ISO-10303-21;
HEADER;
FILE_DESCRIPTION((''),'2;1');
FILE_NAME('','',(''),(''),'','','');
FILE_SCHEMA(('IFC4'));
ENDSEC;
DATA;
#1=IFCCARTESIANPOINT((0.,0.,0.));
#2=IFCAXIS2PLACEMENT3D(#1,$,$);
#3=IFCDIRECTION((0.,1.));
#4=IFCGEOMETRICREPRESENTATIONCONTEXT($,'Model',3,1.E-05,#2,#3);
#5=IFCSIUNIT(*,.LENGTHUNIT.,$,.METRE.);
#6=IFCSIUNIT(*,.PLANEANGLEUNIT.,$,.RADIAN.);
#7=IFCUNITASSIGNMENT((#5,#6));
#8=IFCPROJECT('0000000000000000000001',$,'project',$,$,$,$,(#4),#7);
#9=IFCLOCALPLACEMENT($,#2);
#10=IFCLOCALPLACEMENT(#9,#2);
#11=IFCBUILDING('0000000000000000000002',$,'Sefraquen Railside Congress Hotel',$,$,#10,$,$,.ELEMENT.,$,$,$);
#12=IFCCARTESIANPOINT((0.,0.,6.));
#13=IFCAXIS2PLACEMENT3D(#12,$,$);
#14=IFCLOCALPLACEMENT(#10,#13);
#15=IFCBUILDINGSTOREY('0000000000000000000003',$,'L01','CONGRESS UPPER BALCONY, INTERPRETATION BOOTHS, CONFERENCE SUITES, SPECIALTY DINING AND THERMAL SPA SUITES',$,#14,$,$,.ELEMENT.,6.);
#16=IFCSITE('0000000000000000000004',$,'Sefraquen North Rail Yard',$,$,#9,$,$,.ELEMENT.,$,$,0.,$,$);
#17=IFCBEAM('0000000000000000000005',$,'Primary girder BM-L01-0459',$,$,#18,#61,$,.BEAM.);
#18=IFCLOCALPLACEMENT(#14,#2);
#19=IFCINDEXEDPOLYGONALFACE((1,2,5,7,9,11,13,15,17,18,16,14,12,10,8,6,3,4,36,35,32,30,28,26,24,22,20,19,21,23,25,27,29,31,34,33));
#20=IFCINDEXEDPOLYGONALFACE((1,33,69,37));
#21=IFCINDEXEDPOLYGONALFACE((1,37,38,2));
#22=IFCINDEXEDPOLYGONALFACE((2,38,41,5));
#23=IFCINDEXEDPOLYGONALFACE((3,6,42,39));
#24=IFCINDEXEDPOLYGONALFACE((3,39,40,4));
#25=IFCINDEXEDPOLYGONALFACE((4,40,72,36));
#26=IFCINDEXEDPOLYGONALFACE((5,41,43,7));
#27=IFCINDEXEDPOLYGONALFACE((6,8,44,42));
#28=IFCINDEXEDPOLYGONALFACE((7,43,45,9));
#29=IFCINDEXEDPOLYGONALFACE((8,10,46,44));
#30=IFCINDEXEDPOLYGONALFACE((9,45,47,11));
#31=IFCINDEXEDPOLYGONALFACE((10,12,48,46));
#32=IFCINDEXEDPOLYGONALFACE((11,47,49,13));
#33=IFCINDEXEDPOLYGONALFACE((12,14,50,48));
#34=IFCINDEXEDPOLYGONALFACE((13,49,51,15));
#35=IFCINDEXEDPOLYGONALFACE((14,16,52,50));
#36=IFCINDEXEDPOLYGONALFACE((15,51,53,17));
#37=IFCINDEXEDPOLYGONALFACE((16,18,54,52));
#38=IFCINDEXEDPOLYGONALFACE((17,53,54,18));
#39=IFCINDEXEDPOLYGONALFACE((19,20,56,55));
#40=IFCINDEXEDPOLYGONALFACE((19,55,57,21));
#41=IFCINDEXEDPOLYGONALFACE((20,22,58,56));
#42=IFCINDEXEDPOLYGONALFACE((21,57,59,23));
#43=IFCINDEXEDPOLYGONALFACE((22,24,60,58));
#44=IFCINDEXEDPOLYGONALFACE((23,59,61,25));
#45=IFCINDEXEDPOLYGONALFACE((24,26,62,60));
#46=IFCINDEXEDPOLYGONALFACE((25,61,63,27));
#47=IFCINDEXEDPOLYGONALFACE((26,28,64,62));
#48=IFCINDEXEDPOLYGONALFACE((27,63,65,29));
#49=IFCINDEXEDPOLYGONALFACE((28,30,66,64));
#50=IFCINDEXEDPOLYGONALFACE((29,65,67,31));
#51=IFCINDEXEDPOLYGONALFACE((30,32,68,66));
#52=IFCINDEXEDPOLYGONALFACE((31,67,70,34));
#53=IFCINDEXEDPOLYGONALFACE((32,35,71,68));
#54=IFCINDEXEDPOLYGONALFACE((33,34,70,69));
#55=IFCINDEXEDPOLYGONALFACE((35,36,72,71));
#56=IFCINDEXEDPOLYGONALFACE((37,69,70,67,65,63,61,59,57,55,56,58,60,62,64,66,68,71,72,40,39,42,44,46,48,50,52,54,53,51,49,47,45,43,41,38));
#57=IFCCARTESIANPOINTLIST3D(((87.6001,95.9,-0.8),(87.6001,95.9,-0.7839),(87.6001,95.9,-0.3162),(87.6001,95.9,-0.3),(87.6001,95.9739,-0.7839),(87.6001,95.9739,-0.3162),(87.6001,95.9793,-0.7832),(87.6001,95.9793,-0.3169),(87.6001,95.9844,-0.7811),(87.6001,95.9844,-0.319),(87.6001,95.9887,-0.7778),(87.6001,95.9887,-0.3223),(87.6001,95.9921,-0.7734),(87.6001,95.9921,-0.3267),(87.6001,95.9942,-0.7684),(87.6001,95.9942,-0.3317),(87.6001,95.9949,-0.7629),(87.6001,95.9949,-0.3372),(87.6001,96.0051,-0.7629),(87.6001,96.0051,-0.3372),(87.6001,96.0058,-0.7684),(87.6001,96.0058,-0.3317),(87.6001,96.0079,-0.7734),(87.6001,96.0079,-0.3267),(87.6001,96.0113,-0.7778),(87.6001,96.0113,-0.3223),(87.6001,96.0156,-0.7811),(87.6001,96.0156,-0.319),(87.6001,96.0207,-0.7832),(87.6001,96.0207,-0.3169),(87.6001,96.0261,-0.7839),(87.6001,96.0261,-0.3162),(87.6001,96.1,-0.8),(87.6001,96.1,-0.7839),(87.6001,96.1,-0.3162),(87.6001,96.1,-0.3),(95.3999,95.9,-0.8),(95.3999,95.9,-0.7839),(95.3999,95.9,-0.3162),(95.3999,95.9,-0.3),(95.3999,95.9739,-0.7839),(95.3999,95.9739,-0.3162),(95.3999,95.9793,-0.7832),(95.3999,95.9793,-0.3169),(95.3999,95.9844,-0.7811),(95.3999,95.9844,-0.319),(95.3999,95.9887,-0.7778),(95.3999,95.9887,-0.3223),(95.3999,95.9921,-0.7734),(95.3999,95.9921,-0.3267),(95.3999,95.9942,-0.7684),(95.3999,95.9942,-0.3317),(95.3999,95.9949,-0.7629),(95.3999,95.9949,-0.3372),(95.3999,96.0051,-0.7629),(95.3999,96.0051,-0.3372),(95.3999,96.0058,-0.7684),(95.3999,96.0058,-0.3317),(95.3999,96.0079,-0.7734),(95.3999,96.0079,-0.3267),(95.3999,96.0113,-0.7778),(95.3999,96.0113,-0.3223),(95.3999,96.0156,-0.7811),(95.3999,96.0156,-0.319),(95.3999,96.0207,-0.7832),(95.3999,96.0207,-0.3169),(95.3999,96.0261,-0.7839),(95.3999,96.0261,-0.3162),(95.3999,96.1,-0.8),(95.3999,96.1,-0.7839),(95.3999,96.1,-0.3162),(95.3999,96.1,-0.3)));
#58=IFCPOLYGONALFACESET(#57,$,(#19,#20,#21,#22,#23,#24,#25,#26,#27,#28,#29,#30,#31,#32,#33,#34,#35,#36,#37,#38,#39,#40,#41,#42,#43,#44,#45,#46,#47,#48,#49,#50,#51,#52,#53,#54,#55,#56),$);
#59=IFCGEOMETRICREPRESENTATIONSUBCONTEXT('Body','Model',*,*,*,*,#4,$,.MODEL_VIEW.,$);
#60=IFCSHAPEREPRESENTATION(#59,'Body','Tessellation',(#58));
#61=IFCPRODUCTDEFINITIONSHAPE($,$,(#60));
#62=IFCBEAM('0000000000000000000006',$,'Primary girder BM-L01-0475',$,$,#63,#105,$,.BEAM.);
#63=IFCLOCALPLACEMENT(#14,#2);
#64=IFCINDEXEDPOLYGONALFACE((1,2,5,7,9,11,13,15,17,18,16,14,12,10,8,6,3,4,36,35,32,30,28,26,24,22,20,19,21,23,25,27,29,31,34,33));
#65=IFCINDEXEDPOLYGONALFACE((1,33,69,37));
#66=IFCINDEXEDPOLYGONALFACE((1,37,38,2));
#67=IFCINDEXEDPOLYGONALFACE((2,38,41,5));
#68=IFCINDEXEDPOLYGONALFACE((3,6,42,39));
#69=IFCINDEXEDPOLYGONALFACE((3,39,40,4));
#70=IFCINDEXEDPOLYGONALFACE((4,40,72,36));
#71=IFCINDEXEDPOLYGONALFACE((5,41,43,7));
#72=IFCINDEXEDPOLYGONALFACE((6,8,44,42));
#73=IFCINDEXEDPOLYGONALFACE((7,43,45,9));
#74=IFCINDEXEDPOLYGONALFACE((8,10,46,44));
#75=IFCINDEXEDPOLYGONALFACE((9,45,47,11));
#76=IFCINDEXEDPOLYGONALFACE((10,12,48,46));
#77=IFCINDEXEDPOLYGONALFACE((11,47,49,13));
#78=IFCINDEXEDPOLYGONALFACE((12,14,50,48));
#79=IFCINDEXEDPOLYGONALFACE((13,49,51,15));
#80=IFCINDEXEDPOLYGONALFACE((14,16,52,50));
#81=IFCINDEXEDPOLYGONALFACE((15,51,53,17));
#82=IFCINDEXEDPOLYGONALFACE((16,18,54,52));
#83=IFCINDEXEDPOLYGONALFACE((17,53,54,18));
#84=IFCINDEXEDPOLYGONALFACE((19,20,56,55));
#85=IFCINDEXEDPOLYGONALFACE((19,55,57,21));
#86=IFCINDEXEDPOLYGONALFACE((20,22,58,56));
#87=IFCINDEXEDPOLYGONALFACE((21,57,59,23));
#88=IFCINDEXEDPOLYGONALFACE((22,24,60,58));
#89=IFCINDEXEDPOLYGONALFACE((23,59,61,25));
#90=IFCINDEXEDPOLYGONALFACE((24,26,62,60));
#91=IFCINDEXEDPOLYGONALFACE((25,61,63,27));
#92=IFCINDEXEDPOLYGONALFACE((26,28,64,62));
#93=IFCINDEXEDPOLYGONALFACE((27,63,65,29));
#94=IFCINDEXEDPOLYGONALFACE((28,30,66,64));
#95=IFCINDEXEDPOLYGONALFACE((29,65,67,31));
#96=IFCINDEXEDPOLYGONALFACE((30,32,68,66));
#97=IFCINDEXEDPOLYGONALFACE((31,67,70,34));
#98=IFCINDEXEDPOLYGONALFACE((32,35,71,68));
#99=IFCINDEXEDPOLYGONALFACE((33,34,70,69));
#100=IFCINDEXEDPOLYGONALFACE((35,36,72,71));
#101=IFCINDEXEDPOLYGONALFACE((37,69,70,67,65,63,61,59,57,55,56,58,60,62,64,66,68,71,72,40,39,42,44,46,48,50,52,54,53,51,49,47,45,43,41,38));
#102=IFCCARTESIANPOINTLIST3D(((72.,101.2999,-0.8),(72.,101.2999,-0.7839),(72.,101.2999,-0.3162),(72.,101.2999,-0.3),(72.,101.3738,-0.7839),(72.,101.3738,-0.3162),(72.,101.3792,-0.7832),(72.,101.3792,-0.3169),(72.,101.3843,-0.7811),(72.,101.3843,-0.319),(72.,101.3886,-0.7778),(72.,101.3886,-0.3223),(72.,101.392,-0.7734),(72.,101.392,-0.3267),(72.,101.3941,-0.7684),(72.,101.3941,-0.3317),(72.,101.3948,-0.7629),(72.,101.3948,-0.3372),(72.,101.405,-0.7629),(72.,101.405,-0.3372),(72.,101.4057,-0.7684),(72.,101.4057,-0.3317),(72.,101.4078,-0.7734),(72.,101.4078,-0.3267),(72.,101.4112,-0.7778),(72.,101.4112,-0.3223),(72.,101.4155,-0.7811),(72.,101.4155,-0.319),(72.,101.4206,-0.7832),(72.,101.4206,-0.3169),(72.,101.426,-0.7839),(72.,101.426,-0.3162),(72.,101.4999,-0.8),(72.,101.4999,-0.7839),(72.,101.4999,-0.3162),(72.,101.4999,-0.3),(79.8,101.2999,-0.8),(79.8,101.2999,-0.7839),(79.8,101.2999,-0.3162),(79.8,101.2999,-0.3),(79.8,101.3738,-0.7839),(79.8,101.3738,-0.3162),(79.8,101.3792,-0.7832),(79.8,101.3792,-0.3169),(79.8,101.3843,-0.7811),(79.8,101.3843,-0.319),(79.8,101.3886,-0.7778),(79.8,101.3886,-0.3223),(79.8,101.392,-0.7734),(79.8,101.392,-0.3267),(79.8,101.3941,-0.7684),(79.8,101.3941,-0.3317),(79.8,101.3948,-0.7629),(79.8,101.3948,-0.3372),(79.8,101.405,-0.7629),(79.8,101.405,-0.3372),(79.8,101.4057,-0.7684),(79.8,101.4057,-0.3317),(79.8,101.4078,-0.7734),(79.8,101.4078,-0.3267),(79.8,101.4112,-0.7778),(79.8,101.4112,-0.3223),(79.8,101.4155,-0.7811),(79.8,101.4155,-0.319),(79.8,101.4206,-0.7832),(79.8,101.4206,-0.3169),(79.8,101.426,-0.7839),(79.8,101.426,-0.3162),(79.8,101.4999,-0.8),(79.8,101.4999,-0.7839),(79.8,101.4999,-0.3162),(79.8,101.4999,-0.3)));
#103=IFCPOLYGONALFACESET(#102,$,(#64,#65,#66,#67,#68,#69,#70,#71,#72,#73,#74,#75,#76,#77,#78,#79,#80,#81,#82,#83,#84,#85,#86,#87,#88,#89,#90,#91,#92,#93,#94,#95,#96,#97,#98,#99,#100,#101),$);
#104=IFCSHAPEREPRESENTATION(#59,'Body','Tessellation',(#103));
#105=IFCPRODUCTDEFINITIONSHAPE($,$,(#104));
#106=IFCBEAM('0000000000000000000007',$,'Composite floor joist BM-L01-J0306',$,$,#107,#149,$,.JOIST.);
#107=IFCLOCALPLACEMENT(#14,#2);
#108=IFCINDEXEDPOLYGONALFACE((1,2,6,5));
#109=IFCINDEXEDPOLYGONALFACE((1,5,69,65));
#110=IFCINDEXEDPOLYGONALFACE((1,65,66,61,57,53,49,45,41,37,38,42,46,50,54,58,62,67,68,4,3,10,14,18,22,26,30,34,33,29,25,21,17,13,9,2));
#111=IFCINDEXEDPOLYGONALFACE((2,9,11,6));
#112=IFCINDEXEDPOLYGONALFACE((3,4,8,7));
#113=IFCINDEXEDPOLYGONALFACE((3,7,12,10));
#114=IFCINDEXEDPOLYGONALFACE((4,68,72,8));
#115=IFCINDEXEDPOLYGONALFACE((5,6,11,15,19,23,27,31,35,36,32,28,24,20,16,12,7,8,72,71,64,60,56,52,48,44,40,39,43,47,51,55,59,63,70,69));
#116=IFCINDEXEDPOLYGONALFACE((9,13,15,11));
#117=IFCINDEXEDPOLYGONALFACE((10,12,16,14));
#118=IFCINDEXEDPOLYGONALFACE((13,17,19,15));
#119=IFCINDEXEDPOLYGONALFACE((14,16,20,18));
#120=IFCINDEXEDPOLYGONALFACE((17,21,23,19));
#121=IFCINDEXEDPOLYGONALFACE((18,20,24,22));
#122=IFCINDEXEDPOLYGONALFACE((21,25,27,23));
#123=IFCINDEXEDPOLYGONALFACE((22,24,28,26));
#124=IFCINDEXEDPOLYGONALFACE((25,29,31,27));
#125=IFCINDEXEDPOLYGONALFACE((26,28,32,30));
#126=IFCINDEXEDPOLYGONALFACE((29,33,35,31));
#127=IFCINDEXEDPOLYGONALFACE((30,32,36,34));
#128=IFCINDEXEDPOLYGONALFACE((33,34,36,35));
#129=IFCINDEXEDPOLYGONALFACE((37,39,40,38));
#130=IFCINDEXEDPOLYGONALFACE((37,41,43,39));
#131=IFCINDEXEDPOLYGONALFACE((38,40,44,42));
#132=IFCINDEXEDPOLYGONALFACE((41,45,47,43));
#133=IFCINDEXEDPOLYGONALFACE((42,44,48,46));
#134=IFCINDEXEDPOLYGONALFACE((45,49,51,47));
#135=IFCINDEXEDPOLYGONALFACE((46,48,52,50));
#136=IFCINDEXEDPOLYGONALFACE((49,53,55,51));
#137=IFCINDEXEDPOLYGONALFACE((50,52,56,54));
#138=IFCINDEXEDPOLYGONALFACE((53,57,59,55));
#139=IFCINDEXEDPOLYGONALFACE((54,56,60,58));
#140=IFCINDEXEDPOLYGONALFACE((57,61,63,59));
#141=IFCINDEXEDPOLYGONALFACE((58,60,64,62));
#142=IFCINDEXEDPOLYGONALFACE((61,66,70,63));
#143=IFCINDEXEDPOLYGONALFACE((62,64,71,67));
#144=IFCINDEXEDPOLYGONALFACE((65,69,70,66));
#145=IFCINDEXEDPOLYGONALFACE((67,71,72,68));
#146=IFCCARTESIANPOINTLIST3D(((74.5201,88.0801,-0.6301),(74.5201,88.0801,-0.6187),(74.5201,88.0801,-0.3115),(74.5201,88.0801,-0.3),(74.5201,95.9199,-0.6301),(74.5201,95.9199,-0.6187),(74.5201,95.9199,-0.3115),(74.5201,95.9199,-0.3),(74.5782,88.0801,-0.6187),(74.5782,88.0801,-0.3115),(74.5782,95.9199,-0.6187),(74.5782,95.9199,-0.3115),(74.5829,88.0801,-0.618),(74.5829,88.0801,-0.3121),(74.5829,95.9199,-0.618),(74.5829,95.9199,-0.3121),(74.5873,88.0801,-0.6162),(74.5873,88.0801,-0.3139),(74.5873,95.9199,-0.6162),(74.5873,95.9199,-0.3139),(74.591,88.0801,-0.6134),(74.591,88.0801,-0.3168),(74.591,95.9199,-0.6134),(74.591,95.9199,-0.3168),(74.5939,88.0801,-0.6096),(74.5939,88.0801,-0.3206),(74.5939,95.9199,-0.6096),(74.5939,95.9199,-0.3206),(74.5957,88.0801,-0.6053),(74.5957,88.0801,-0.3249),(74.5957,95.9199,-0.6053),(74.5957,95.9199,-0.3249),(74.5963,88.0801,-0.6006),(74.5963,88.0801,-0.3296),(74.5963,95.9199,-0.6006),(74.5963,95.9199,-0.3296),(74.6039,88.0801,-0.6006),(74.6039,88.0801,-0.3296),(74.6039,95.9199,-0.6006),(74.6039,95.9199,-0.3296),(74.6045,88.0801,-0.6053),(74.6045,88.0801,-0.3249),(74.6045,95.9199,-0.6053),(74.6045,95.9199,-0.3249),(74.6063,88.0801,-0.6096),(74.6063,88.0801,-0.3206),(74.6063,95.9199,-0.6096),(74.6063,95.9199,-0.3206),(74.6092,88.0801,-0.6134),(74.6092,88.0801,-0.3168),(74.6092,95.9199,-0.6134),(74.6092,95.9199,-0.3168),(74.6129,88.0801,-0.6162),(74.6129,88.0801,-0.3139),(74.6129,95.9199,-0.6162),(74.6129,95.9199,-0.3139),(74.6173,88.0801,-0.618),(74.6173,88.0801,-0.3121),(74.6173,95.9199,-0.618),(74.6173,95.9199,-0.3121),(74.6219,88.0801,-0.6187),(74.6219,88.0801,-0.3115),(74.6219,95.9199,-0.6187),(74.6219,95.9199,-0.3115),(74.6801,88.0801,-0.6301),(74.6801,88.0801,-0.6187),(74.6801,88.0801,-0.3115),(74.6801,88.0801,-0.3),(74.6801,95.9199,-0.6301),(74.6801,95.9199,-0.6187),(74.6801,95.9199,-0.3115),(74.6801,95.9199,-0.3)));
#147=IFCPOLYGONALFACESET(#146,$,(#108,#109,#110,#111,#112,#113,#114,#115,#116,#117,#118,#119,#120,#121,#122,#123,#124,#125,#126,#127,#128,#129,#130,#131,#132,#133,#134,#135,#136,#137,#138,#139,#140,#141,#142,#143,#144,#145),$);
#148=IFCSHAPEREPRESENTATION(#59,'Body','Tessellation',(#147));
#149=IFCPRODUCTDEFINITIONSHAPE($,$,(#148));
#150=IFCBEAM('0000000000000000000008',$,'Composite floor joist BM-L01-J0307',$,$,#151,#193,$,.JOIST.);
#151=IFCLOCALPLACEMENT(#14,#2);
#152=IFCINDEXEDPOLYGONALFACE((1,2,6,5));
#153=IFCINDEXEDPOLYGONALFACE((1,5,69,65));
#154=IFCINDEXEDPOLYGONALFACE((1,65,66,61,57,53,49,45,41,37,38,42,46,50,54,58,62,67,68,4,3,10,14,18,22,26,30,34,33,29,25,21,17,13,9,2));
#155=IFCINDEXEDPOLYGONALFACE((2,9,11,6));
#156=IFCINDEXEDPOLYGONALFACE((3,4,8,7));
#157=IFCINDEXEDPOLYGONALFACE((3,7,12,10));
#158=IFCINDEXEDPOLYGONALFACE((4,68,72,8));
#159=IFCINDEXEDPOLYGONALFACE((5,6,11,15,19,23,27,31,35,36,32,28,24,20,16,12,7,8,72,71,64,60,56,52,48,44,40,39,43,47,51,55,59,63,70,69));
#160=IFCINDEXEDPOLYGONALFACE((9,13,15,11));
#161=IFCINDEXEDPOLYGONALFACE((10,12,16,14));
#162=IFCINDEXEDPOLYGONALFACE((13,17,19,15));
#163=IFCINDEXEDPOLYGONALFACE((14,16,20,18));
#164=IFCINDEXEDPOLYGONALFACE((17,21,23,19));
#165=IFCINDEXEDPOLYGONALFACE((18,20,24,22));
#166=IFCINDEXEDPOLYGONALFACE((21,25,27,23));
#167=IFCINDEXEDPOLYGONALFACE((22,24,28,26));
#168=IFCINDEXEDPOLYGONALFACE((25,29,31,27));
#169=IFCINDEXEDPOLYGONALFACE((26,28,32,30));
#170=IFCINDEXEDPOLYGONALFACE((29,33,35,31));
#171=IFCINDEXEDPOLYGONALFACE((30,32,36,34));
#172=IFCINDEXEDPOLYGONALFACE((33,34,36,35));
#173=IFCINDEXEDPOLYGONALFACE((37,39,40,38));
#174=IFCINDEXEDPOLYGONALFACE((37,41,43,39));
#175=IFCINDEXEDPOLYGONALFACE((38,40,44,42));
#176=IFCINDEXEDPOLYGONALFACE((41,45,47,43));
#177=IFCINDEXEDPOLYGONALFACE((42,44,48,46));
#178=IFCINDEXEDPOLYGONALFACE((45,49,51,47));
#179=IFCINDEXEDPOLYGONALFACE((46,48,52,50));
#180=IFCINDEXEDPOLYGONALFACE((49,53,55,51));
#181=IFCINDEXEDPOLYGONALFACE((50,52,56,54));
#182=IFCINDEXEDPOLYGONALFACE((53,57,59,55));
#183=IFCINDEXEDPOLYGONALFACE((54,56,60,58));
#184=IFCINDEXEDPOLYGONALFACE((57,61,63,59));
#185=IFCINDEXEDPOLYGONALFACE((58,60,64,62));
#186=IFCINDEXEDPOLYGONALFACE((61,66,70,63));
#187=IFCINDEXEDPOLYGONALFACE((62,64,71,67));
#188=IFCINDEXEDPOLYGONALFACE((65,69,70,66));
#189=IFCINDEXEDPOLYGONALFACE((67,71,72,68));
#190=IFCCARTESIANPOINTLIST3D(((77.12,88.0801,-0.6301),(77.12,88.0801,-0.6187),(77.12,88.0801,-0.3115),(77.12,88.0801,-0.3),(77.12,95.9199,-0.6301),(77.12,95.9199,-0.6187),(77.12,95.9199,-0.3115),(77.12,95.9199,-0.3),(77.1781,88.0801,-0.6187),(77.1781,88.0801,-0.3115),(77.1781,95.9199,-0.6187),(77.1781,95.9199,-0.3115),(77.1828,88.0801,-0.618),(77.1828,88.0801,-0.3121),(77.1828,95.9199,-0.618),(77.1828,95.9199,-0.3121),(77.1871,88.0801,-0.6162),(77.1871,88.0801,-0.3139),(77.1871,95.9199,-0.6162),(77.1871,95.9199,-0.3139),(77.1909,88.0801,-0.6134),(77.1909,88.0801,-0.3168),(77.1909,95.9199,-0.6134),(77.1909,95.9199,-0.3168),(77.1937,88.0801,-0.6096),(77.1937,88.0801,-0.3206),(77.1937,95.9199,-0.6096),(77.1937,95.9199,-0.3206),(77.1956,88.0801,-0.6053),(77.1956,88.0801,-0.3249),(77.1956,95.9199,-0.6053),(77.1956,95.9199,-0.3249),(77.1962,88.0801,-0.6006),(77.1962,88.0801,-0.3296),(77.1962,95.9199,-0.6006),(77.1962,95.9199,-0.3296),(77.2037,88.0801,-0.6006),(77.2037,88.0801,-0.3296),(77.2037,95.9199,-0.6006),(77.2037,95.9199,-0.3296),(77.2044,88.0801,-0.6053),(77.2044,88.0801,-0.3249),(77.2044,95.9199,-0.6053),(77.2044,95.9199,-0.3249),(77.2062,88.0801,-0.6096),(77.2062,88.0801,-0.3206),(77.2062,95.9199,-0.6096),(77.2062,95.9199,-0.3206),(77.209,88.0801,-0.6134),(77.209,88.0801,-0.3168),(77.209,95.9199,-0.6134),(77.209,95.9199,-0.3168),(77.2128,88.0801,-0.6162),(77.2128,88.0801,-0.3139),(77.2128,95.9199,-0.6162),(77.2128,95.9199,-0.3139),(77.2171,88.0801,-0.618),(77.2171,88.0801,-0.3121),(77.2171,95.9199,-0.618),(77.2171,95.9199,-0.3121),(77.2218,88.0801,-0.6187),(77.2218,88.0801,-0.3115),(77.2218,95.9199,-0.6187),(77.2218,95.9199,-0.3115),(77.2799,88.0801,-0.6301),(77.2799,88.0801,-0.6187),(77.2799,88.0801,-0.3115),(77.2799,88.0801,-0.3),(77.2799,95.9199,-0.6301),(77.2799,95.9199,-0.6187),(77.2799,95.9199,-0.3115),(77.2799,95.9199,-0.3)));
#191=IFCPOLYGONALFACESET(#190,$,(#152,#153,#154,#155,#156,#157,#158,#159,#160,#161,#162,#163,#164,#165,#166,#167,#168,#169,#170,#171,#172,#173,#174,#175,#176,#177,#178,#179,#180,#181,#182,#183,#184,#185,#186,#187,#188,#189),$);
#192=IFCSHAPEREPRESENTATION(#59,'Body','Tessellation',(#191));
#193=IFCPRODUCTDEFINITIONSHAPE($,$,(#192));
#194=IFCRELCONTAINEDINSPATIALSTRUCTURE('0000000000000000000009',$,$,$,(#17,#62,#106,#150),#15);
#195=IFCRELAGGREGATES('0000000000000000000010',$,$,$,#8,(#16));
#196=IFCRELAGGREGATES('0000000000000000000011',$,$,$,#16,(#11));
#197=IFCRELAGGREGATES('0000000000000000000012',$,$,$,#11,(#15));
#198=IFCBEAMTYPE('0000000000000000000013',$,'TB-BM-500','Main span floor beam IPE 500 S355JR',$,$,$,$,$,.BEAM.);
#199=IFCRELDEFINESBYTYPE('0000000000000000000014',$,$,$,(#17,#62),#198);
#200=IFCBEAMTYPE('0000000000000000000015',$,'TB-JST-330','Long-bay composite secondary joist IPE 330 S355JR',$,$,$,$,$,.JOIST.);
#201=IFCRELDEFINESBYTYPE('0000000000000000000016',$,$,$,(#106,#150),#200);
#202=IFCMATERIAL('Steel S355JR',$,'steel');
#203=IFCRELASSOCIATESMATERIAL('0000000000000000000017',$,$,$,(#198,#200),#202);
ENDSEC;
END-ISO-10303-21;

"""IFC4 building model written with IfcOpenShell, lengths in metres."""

from ifc_helpers import new_model, si_unit, direction, frame, origin, origin_2d, place, context, subcontext, project, spatial, i_section, extrude, material, material_profile, profile_set, type_object, element, save


model = new_model("IFC4")

# Units and contexts
model_context = context("Model", 3, precision=1e-05, world=origin(), true_north=direction((0.0, 1.0)))
body_context = subcontext(model_context, "Body", "Model", "MODEL_VIEW")
ifc_project = project(units=[si_unit("LENGTHUNIT", "METRE"), si_unit("PLANEANGLEUNIT", "RADIAN")], contexts=[model_context])

# Site, building, storey
site_placement = place(None, origin())
site = spatial("IfcSite", under=ifc_project, at=site_placement, Name="Sefraquen North Rail Yard", CompositionType="ELEMENT", RefElevation=0.0)
building_placement = place(site_placement, origin())
building = spatial("IfcBuilding", under=site, at=building_placement, Name="Sefraquen Railside Congress Hotel", CompositionType="ELEMENT")
storey_placement = place(building_placement, frame((0.0, 0.0, 6.0)))
storey = spatial("IfcBuildingStorey", under=building, at=storey_placement, Name="L01", Description="CONGRESS UPPER BALCONY, INTERPRETATION BOOTHS, CONFERENCE SUITES, SPECIALTY DINING AND THERMAL SPA SUITES", CompositionType="ELEMENT", Elevation=6.0)

# Shared definitions
ifc_material_1 = material(Name="Steel S355JR", Category="steel")

# Beams
ifc_material_profile_1 = material_profile(ifc_material_1, i_section(OverallWidth=0.2, OverallDepth=0.5, WebThickness=0.0103, FlangeThickness=0.0161, FilletRadius=0.021, at=origin_2d()), Name="IPE 500")
ifc_profile_set_1 = profile_set([ifc_material_profile_1], Name="Steel S355JR")
beam_type_1 = type_object("IfcBeamType", Name="TB-BM-500", Description="Main span floor beam IPE 500 S355JR", PredefinedType="BEAM", material=ifc_profile_set_1)
beam_1_placement = place(storey_placement, frame((87.6001, 96.0, -0.55), z_axis=(1.0, 0.0, 0.0), x_axis=(0.0, 1.0, 0.0)))
element("IfcBeam", 1, at=beam_1_placement, inside=storey, type_object=beam_type_1, Name="Primary girder BM-L01-0459", PredefinedType="BEAM", context=body_context, shape_type="SweptSolid", body=[
    extrude(i_section(OverallWidth=0.2, OverallDepth=0.5, WebThickness=0.0103, FlangeThickness=0.0161, FilletRadius=0.021, at=origin_2d()), origin(), (0.0, 0.0, 1.0), 7.7998),
])
beam_2_placement = place(storey_placement, frame((72.0, 101.3999, -0.55), z_axis=(1.0, 0.0, 0.0), x_axis=(0.0, 1.0, 0.0)))
element("IfcBeam", 2, at=beam_2_placement, inside=storey, type_object=beam_type_1, Name="Primary girder BM-L01-0475", PredefinedType="BEAM", context=body_context, shape_type="SweptSolid", body=[
    extrude(i_section(OverallWidth=0.2, OverallDepth=0.5, WebThickness=0.0103, FlangeThickness=0.0161, FilletRadius=0.021, at=origin_2d()), origin(), (0.0, 0.0, 1.0), 7.8),
])
ifc_material_profile_2 = material_profile(ifc_material_1, i_section(OverallWidth=0.1599, OverallDepth=0.3301, WebThickness=0.0076, FlangeThickness=0.0115, FilletRadius=0.0181, at=origin_2d()), Name="IPE 330")
ifc_profile_set_2 = profile_set([ifc_material_profile_2], Name="Steel S355JR")
beam_type_2 = type_object("IfcBeamType", Name="TB-JST-330", Description="Long-bay composite secondary joist IPE 330 S355JR", PredefinedType="JOIST", material=ifc_profile_set_2)
for number, where, z_axis, x_axis, name in (
    (3, (74.6001, 88.0801, -0.4651), (0.0, 1.0, 0.0), (-1.0, 0.0, 0.0), "Composite floor joist BM-L01-J0306"),
    (4, (77.2, 88.0801, -0.4651), (0.0, 1.0, 0.0), (-1.0, 0.0, 0.0), "Composite floor joist BM-L01-J0307"),
):
    element("IfcBeam", number, at=place(storey_placement, frame(where, z_axis=z_axis, x_axis=x_axis)), inside=storey, type_object=beam_type_2, Name=name, PredefinedType="JOIST", context=body_context, shape_type="SweptSolid", body=[
        extrude(i_section(OverallWidth=0.1599, OverallDepth=0.3301, WebThickness=0.0076, FlangeThickness=0.0115, FilletRadius=0.0181, at=origin_2d()), origin(), (0.0, 0.0, 1.0), 7.8398),
    ])

save(model, "model.ifc")
